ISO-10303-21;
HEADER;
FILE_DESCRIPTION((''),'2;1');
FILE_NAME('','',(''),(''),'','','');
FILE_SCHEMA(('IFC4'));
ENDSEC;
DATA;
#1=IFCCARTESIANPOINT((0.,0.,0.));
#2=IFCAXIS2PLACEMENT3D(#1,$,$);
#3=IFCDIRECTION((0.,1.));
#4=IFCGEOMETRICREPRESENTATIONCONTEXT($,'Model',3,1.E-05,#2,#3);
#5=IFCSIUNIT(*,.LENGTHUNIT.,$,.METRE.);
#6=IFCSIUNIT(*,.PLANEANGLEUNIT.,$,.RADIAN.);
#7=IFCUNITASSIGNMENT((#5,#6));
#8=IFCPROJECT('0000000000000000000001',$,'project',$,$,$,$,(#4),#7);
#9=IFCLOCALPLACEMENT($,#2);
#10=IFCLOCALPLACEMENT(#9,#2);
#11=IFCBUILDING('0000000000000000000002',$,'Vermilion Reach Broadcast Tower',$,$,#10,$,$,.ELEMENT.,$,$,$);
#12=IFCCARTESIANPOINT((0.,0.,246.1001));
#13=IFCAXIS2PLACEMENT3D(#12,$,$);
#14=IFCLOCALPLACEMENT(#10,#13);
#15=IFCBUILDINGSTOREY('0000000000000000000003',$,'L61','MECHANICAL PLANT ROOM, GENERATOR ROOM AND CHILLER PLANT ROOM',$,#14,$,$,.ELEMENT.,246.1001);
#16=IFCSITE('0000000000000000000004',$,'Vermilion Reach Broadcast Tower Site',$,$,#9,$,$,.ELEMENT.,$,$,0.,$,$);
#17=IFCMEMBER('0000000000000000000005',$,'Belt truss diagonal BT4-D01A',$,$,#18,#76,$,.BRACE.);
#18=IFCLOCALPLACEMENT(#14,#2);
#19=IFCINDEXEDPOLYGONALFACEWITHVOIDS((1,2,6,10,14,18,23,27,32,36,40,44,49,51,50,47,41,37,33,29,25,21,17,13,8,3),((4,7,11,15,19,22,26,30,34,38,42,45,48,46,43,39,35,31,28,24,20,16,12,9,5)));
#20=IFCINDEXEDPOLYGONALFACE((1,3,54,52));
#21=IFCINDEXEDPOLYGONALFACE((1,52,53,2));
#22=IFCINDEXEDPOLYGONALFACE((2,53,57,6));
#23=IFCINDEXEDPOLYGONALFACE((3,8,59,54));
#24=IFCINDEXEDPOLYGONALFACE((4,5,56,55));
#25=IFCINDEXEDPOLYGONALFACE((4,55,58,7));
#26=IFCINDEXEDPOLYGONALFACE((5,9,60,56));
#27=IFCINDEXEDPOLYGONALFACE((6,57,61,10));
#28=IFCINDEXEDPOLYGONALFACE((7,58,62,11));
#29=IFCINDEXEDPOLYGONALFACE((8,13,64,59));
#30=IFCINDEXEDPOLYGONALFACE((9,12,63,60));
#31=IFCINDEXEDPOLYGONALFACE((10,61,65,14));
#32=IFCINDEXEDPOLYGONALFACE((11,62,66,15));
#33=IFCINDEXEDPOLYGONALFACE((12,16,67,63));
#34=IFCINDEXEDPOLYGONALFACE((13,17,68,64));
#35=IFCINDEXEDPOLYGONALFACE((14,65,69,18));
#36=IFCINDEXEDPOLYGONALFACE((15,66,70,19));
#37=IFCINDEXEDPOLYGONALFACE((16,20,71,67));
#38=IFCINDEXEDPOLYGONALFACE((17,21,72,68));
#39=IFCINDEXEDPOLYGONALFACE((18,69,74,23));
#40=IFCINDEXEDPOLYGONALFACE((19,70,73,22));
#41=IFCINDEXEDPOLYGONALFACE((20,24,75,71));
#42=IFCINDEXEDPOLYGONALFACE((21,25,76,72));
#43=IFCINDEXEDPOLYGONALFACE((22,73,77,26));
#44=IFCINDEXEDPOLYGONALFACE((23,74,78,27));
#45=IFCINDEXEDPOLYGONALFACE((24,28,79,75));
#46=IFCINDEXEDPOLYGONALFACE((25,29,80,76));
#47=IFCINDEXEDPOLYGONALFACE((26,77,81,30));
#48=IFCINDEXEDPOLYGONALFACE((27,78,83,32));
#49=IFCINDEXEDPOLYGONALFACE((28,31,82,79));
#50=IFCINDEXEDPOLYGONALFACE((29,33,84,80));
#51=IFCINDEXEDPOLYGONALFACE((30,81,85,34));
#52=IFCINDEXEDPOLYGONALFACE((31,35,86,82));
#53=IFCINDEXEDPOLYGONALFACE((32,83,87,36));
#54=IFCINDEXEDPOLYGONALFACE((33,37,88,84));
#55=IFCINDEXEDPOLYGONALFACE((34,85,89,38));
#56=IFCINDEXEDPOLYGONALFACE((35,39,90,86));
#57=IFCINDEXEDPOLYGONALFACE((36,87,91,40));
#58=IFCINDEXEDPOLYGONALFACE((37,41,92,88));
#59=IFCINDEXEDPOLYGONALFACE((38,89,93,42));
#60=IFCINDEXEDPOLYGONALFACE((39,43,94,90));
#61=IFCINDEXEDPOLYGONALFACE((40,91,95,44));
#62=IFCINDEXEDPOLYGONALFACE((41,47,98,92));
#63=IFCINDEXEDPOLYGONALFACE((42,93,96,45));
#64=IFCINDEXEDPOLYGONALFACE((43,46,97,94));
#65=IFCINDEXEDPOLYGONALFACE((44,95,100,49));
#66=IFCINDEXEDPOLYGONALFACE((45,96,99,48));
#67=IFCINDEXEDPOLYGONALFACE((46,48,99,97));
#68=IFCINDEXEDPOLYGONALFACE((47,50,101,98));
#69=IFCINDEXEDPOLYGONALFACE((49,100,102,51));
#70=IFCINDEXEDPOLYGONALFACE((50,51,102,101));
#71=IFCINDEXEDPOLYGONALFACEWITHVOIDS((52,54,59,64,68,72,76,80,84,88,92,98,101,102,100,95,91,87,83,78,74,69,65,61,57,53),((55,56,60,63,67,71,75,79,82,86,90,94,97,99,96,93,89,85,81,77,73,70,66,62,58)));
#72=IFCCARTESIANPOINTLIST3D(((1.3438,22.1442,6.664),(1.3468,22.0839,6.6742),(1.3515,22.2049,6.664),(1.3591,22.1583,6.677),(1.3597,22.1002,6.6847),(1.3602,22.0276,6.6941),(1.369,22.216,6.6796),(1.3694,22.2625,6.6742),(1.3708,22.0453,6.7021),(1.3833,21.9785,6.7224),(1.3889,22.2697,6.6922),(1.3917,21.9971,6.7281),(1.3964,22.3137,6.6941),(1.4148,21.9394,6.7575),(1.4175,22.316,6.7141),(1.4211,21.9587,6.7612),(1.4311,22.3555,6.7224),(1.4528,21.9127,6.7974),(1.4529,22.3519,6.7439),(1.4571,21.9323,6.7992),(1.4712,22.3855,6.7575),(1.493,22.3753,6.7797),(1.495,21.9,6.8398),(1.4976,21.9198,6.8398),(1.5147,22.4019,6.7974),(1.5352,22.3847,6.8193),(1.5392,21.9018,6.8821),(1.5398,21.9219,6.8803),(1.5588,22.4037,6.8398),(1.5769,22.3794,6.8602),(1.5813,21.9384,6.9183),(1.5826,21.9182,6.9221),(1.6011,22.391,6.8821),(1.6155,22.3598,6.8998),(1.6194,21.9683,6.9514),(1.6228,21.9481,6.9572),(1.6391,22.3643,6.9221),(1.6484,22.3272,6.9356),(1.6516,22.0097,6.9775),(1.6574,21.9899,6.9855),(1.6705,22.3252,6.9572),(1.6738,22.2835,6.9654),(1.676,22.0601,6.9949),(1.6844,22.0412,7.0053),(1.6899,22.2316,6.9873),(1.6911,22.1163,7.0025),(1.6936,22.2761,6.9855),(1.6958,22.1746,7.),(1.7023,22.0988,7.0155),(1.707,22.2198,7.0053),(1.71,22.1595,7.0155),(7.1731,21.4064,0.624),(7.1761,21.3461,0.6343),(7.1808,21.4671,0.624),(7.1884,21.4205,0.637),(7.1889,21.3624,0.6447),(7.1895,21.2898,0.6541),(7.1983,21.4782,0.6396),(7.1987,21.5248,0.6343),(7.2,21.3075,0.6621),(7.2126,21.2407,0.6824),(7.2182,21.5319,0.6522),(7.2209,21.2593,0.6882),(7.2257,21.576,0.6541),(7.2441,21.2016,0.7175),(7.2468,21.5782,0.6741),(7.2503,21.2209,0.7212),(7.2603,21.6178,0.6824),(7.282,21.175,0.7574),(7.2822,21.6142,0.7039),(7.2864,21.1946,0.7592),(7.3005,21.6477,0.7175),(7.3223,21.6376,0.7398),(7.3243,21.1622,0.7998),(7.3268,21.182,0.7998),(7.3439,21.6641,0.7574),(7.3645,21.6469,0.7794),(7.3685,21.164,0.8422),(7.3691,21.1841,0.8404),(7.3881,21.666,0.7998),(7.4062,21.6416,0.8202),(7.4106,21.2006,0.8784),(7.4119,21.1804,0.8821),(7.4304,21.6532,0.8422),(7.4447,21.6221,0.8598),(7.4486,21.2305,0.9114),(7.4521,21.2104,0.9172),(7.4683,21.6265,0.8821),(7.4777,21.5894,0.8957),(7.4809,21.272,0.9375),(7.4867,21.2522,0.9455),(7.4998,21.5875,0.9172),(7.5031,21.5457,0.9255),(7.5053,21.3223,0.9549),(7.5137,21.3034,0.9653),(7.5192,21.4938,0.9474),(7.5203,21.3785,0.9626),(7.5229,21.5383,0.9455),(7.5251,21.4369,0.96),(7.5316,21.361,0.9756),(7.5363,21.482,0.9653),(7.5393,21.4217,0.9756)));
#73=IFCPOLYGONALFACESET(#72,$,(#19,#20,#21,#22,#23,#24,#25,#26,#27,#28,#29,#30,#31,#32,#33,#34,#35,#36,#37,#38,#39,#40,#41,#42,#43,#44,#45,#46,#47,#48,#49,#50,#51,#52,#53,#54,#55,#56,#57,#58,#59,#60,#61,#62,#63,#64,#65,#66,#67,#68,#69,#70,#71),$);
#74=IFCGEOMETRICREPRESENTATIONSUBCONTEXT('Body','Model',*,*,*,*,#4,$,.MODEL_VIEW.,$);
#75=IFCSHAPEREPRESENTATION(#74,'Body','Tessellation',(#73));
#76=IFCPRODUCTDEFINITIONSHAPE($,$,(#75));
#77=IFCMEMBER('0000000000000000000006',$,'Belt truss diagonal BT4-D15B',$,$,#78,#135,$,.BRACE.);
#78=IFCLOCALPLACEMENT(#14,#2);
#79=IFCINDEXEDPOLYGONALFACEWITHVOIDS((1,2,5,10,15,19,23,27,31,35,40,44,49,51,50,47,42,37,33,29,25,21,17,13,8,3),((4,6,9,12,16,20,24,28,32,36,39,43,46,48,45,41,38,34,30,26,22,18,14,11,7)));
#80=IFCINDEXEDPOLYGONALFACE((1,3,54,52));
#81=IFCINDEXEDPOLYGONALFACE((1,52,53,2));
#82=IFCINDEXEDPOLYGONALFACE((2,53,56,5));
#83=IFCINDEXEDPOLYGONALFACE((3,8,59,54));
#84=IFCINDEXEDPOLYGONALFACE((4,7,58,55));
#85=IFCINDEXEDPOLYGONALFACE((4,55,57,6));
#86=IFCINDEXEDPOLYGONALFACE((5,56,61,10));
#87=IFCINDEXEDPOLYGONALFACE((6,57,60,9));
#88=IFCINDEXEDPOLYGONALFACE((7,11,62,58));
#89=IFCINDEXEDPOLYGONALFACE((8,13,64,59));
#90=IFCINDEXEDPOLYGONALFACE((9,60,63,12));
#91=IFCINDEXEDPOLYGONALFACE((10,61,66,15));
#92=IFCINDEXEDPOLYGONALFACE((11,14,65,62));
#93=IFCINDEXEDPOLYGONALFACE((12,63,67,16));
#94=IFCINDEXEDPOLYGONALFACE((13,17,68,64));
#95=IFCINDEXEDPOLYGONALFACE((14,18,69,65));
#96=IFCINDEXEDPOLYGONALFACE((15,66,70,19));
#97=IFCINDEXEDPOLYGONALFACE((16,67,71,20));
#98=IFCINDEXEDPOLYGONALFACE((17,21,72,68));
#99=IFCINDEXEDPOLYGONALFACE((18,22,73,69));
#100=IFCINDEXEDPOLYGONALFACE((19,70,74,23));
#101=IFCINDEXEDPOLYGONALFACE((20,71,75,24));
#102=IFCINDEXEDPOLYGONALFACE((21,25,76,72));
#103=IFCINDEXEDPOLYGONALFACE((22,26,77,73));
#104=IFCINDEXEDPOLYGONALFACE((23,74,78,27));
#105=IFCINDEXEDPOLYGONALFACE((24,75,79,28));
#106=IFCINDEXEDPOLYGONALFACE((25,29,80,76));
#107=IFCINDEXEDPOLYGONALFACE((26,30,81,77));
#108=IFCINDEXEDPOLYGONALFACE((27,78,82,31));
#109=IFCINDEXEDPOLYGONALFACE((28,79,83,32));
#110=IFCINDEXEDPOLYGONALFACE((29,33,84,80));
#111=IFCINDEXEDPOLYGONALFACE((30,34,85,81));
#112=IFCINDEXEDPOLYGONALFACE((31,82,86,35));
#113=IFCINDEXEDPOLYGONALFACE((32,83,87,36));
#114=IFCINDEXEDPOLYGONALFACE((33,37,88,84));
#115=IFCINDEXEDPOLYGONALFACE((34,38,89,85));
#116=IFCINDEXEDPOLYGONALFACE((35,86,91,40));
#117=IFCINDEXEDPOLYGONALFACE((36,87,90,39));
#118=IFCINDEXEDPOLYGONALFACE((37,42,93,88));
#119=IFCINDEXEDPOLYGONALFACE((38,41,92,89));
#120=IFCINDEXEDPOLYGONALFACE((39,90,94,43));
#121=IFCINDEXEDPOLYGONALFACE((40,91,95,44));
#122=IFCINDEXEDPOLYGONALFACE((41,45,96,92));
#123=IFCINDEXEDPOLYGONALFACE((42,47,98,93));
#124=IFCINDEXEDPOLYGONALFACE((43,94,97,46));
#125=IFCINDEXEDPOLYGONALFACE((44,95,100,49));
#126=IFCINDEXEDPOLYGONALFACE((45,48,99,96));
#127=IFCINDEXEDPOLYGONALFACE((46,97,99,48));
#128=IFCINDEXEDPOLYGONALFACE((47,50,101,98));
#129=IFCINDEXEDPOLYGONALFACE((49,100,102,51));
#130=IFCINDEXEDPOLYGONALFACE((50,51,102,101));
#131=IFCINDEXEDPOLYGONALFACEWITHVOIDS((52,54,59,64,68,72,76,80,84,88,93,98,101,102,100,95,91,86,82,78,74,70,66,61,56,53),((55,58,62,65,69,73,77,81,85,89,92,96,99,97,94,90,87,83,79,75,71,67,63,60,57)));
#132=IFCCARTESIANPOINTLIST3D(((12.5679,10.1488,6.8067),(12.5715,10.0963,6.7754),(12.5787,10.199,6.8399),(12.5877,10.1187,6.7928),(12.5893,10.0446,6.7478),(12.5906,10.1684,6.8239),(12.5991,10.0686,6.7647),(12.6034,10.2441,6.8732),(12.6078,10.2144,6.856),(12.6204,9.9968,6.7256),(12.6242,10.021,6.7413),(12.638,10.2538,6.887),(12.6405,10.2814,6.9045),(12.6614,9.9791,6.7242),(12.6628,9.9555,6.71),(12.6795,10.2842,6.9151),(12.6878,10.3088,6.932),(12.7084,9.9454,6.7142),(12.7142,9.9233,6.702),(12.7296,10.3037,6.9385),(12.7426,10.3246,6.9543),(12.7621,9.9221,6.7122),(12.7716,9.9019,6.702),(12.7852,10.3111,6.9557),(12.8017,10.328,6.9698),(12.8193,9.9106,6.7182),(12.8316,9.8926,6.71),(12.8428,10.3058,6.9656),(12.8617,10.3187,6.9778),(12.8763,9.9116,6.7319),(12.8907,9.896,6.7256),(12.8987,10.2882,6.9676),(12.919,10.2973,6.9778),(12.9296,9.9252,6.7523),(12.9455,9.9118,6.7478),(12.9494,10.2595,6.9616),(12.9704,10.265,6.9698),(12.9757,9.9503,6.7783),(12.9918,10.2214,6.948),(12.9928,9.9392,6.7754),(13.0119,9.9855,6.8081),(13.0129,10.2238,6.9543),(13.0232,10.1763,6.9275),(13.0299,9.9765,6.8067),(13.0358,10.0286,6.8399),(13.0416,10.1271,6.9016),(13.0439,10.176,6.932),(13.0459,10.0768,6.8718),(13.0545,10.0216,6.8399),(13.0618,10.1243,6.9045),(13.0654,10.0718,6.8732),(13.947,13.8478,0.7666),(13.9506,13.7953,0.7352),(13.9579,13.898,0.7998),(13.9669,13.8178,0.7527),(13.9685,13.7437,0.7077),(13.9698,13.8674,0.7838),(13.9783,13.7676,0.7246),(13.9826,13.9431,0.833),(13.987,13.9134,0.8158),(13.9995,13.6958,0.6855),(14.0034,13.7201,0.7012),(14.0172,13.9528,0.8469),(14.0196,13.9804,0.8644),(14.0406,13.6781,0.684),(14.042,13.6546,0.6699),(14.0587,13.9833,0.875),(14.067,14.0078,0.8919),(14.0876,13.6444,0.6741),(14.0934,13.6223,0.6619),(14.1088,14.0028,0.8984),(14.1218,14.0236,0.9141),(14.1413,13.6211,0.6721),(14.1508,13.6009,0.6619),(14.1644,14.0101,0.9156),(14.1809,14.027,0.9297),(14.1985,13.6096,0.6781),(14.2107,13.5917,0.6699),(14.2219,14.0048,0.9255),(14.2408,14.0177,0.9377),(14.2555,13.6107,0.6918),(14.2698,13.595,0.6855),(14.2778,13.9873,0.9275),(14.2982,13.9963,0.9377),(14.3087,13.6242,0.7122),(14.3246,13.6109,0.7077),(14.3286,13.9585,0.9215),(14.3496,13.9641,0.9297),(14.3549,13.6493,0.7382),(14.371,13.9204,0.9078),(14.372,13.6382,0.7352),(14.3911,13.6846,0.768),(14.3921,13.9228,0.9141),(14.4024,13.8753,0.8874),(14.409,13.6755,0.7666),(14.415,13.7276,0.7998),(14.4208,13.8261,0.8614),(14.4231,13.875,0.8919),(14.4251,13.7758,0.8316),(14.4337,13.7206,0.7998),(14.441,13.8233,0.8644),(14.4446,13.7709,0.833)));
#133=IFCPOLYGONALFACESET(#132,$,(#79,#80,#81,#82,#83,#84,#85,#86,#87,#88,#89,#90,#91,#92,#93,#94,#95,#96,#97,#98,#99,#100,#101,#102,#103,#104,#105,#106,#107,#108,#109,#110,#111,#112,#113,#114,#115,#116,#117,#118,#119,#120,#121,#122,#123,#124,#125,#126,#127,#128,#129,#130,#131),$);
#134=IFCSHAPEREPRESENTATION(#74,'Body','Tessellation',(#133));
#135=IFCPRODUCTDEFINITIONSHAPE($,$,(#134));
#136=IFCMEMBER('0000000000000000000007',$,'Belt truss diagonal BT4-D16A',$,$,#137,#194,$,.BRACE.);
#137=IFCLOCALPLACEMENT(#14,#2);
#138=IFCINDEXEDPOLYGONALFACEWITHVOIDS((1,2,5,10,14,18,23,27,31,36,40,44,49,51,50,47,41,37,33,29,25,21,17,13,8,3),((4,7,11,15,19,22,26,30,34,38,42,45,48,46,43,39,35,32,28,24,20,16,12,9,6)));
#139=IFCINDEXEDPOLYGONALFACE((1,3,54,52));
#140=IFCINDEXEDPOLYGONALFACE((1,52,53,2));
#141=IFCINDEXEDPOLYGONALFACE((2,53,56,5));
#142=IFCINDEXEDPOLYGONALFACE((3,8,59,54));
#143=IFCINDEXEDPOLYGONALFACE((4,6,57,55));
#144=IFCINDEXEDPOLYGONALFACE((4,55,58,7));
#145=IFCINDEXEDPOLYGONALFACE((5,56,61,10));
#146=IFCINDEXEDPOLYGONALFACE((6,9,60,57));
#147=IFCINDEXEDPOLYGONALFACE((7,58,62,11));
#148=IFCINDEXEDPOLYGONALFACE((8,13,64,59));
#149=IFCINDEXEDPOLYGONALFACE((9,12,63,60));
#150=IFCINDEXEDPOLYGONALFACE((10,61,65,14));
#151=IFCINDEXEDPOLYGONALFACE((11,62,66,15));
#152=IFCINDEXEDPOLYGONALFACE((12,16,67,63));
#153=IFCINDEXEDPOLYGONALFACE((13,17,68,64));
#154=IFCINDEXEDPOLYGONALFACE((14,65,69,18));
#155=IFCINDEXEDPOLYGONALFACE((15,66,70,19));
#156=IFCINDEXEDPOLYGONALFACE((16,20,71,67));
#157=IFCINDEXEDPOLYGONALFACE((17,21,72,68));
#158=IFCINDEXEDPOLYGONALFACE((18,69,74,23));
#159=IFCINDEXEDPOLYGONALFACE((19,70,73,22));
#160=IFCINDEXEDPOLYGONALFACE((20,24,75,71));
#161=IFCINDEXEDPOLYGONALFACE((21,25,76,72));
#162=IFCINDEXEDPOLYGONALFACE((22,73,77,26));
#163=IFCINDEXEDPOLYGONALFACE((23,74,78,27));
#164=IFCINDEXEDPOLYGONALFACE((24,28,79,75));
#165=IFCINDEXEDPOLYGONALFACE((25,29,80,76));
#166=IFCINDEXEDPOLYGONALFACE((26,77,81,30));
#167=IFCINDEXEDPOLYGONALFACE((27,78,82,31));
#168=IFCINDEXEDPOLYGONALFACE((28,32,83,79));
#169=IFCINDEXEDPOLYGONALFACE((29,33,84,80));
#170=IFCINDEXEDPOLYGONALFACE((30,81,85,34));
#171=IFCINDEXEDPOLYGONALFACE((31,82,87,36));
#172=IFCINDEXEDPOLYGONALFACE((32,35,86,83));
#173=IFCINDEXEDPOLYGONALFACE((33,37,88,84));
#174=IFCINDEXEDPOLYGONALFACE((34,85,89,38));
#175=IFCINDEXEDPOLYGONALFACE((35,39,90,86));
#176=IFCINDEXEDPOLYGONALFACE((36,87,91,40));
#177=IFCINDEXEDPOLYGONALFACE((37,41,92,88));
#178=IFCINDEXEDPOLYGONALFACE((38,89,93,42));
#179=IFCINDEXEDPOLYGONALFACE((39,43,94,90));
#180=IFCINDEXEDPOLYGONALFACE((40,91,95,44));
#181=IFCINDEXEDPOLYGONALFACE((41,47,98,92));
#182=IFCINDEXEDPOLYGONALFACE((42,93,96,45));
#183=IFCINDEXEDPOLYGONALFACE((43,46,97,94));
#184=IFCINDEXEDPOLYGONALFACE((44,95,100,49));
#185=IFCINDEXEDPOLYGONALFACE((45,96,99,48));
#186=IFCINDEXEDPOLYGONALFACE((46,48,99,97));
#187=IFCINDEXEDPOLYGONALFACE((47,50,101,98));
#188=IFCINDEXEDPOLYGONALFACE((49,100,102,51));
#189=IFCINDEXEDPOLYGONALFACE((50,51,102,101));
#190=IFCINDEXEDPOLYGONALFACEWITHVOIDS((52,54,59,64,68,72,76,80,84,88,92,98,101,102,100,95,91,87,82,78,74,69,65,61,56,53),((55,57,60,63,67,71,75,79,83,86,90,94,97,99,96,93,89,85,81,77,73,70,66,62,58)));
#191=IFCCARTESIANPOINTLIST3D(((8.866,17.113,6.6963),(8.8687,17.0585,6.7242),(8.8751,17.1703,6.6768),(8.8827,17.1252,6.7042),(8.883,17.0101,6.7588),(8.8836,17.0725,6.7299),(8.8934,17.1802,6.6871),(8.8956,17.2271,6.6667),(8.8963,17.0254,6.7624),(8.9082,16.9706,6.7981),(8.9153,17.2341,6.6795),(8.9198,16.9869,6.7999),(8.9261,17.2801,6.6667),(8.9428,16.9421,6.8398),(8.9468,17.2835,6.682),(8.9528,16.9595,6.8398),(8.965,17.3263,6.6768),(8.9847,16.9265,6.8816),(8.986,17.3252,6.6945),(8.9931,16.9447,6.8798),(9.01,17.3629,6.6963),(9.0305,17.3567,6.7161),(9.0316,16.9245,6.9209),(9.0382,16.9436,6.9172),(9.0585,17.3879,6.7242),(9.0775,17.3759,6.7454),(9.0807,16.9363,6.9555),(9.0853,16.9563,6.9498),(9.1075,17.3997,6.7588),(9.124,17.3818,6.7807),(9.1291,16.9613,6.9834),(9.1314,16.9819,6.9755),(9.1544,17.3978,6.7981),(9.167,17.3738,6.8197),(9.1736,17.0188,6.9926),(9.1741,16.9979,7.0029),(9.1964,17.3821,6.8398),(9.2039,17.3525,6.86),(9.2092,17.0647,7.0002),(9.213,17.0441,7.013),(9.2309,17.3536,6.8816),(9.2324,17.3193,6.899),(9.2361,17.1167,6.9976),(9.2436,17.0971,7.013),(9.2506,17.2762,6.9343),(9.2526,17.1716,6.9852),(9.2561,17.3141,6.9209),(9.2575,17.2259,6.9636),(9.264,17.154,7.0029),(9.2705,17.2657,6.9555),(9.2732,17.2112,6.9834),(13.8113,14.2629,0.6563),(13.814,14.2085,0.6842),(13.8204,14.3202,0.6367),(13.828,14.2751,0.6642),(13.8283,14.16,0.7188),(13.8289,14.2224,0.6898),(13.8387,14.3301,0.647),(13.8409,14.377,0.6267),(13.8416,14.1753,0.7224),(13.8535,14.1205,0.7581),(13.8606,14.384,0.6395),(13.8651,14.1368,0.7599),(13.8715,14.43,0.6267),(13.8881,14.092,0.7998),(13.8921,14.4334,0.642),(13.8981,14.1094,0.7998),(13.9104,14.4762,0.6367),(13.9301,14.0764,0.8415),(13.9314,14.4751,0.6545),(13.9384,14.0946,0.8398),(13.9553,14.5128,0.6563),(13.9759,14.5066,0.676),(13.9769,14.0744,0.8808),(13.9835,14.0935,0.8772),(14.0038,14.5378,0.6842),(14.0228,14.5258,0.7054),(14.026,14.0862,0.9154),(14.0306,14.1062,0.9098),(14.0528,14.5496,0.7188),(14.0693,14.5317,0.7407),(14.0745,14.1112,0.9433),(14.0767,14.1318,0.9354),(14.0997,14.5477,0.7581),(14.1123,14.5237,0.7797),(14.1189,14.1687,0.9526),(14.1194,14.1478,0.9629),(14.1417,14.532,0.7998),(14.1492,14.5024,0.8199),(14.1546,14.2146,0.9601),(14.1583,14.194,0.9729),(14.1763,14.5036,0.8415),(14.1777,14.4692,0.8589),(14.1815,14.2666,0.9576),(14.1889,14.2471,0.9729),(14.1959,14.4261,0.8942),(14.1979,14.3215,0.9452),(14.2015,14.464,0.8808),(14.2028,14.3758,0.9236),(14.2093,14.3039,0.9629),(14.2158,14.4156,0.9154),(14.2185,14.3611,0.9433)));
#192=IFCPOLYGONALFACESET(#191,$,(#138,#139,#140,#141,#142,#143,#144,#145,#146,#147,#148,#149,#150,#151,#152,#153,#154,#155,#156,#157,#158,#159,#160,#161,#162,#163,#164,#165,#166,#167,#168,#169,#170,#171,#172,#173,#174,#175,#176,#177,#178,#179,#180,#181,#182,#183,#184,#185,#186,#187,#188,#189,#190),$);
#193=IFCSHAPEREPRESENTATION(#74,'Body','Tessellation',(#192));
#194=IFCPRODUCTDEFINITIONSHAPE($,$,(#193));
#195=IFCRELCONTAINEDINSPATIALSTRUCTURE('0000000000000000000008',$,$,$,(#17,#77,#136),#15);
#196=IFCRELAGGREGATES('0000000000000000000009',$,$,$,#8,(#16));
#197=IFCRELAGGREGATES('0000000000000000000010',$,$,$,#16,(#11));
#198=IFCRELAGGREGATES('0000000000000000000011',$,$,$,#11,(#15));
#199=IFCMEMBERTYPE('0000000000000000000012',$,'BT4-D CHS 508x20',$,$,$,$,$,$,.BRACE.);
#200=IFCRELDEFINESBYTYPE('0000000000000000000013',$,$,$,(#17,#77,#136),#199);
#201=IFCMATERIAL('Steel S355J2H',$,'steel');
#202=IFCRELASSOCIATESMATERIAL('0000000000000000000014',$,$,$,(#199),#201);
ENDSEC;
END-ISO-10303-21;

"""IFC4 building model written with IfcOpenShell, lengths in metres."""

from ifc_helpers import new_model, si_unit, direction, frame, origin, origin_2d, place, context, subcontext, project, spatial, hollow_circle, extrude, material, material_profile, profile_set, type_object, element, save


model = new_model("IFC4")

# Units and contexts
model_context = context("Model", 3, precision=1e-05, world=origin(), true_north=direction((0.0, 1.0)))
body_context = subcontext(model_context, "Body", "Model", "MODEL_VIEW")
ifc_project = project(units=[si_unit("LENGTHUNIT", "METRE"), si_unit("PLANEANGLEUNIT", "RADIAN")], contexts=[model_context])

# Site, building, storey
site_placement = place(None, origin())
site = spatial("IfcSite", under=ifc_project, at=site_placement, Name="Vermilion Reach Broadcast Tower Site", CompositionType="ELEMENT", RefElevation=0.0)
building_placement = place(site_placement, origin())
building = spatial("IfcBuilding", under=site, at=building_placement, Name="Vermilion Reach Broadcast Tower", CompositionType="ELEMENT")
storey_placement = place(building_placement, frame((0.0, 0.0, 246.1001)))
storey = spatial("IfcBuildingStorey", under=building, at=storey_placement, Name="L61", Description="MECHANICAL PLANT ROOM, GENERATOR ROOM AND CHILLER PLANT ROOM", CompositionType="ELEMENT", Elevation=246.1001)

# Members
ifc_material_1 = material(Name="Steel S355J2H", Category="steel")
ifc_material_profile_1 = material_profile(ifc_material_1, hollow_circle(Radius=0.2539, WallThickness=0.02, at=origin_2d()), Name="S355J2H CHS 508x20")
ifc_profile_set_1 = profile_set([ifc_material_profile_1], Name="Steel S355J2H")
member_type_1 = type_object("IfcMemberType", Name="BT4-D CHS 508x20", PredefinedType="BRACE", material=ifc_profile_set_1)
member_1_placement = place(storey_placement, frame((7.3562, 21.4141, 0.7998), z_axis=(-0.691779, 0.087555, 0.716782), x_axis=(-0.125564, -0.992086, 0.0)))
element("IfcMember", 1, at=member_1_placement, inside=storey, type_object=member_type_1, Name="Belt truss diagonal BT4-D01A", PredefinedType="BRACE", context=body_context, shape_type="SweptSolid", body=[
    extrude(hollow_circle(Radius=0.2539, WallThickness=0.02, at=origin_2d()), origin(), (0.0, 0.0, 1.0), 8.4265),
])
member_2_placement = place(storey_placement, frame((14.1958, 13.8093, 0.7998), z_axis=(-0.191131, -0.512628, 0.837067), x_axis=(0.936991, -0.349354, 0.0)))
element("IfcMember", 2, at=member_2_placement, inside=storey, type_object=member_type_1, Name="Belt truss diagonal BT4-D15B", PredefinedType="BRACE", context=body_context, shape_type="SweptSolid", body=[
    extrude(hollow_circle(Radius=0.2539, WallThickness=0.02, at=origin_2d()), origin(), (0.0, 0.0, 1.0), 7.2158),
])
member_3_placement = place(storey_placement, frame((14.0149, 14.312, 0.7998), z_axis=(-0.595082, 0.342959, 0.726813), x_axis=(-0.499332, -0.866411, 0.0)))
element("IfcMember", 3, at=member_3_placement, inside=storey, type_object=member_type_1, Name="Belt truss diagonal BT4-D16A", PredefinedType="BRACE", context=body_context, shape_type="SweptSolid", body=[
    extrude(hollow_circle(Radius=0.2539, WallThickness=0.02, at=origin_2d()), origin(), (0.0, 0.0, 1.0), 8.3103),
])

save(model, "model.ifc")
